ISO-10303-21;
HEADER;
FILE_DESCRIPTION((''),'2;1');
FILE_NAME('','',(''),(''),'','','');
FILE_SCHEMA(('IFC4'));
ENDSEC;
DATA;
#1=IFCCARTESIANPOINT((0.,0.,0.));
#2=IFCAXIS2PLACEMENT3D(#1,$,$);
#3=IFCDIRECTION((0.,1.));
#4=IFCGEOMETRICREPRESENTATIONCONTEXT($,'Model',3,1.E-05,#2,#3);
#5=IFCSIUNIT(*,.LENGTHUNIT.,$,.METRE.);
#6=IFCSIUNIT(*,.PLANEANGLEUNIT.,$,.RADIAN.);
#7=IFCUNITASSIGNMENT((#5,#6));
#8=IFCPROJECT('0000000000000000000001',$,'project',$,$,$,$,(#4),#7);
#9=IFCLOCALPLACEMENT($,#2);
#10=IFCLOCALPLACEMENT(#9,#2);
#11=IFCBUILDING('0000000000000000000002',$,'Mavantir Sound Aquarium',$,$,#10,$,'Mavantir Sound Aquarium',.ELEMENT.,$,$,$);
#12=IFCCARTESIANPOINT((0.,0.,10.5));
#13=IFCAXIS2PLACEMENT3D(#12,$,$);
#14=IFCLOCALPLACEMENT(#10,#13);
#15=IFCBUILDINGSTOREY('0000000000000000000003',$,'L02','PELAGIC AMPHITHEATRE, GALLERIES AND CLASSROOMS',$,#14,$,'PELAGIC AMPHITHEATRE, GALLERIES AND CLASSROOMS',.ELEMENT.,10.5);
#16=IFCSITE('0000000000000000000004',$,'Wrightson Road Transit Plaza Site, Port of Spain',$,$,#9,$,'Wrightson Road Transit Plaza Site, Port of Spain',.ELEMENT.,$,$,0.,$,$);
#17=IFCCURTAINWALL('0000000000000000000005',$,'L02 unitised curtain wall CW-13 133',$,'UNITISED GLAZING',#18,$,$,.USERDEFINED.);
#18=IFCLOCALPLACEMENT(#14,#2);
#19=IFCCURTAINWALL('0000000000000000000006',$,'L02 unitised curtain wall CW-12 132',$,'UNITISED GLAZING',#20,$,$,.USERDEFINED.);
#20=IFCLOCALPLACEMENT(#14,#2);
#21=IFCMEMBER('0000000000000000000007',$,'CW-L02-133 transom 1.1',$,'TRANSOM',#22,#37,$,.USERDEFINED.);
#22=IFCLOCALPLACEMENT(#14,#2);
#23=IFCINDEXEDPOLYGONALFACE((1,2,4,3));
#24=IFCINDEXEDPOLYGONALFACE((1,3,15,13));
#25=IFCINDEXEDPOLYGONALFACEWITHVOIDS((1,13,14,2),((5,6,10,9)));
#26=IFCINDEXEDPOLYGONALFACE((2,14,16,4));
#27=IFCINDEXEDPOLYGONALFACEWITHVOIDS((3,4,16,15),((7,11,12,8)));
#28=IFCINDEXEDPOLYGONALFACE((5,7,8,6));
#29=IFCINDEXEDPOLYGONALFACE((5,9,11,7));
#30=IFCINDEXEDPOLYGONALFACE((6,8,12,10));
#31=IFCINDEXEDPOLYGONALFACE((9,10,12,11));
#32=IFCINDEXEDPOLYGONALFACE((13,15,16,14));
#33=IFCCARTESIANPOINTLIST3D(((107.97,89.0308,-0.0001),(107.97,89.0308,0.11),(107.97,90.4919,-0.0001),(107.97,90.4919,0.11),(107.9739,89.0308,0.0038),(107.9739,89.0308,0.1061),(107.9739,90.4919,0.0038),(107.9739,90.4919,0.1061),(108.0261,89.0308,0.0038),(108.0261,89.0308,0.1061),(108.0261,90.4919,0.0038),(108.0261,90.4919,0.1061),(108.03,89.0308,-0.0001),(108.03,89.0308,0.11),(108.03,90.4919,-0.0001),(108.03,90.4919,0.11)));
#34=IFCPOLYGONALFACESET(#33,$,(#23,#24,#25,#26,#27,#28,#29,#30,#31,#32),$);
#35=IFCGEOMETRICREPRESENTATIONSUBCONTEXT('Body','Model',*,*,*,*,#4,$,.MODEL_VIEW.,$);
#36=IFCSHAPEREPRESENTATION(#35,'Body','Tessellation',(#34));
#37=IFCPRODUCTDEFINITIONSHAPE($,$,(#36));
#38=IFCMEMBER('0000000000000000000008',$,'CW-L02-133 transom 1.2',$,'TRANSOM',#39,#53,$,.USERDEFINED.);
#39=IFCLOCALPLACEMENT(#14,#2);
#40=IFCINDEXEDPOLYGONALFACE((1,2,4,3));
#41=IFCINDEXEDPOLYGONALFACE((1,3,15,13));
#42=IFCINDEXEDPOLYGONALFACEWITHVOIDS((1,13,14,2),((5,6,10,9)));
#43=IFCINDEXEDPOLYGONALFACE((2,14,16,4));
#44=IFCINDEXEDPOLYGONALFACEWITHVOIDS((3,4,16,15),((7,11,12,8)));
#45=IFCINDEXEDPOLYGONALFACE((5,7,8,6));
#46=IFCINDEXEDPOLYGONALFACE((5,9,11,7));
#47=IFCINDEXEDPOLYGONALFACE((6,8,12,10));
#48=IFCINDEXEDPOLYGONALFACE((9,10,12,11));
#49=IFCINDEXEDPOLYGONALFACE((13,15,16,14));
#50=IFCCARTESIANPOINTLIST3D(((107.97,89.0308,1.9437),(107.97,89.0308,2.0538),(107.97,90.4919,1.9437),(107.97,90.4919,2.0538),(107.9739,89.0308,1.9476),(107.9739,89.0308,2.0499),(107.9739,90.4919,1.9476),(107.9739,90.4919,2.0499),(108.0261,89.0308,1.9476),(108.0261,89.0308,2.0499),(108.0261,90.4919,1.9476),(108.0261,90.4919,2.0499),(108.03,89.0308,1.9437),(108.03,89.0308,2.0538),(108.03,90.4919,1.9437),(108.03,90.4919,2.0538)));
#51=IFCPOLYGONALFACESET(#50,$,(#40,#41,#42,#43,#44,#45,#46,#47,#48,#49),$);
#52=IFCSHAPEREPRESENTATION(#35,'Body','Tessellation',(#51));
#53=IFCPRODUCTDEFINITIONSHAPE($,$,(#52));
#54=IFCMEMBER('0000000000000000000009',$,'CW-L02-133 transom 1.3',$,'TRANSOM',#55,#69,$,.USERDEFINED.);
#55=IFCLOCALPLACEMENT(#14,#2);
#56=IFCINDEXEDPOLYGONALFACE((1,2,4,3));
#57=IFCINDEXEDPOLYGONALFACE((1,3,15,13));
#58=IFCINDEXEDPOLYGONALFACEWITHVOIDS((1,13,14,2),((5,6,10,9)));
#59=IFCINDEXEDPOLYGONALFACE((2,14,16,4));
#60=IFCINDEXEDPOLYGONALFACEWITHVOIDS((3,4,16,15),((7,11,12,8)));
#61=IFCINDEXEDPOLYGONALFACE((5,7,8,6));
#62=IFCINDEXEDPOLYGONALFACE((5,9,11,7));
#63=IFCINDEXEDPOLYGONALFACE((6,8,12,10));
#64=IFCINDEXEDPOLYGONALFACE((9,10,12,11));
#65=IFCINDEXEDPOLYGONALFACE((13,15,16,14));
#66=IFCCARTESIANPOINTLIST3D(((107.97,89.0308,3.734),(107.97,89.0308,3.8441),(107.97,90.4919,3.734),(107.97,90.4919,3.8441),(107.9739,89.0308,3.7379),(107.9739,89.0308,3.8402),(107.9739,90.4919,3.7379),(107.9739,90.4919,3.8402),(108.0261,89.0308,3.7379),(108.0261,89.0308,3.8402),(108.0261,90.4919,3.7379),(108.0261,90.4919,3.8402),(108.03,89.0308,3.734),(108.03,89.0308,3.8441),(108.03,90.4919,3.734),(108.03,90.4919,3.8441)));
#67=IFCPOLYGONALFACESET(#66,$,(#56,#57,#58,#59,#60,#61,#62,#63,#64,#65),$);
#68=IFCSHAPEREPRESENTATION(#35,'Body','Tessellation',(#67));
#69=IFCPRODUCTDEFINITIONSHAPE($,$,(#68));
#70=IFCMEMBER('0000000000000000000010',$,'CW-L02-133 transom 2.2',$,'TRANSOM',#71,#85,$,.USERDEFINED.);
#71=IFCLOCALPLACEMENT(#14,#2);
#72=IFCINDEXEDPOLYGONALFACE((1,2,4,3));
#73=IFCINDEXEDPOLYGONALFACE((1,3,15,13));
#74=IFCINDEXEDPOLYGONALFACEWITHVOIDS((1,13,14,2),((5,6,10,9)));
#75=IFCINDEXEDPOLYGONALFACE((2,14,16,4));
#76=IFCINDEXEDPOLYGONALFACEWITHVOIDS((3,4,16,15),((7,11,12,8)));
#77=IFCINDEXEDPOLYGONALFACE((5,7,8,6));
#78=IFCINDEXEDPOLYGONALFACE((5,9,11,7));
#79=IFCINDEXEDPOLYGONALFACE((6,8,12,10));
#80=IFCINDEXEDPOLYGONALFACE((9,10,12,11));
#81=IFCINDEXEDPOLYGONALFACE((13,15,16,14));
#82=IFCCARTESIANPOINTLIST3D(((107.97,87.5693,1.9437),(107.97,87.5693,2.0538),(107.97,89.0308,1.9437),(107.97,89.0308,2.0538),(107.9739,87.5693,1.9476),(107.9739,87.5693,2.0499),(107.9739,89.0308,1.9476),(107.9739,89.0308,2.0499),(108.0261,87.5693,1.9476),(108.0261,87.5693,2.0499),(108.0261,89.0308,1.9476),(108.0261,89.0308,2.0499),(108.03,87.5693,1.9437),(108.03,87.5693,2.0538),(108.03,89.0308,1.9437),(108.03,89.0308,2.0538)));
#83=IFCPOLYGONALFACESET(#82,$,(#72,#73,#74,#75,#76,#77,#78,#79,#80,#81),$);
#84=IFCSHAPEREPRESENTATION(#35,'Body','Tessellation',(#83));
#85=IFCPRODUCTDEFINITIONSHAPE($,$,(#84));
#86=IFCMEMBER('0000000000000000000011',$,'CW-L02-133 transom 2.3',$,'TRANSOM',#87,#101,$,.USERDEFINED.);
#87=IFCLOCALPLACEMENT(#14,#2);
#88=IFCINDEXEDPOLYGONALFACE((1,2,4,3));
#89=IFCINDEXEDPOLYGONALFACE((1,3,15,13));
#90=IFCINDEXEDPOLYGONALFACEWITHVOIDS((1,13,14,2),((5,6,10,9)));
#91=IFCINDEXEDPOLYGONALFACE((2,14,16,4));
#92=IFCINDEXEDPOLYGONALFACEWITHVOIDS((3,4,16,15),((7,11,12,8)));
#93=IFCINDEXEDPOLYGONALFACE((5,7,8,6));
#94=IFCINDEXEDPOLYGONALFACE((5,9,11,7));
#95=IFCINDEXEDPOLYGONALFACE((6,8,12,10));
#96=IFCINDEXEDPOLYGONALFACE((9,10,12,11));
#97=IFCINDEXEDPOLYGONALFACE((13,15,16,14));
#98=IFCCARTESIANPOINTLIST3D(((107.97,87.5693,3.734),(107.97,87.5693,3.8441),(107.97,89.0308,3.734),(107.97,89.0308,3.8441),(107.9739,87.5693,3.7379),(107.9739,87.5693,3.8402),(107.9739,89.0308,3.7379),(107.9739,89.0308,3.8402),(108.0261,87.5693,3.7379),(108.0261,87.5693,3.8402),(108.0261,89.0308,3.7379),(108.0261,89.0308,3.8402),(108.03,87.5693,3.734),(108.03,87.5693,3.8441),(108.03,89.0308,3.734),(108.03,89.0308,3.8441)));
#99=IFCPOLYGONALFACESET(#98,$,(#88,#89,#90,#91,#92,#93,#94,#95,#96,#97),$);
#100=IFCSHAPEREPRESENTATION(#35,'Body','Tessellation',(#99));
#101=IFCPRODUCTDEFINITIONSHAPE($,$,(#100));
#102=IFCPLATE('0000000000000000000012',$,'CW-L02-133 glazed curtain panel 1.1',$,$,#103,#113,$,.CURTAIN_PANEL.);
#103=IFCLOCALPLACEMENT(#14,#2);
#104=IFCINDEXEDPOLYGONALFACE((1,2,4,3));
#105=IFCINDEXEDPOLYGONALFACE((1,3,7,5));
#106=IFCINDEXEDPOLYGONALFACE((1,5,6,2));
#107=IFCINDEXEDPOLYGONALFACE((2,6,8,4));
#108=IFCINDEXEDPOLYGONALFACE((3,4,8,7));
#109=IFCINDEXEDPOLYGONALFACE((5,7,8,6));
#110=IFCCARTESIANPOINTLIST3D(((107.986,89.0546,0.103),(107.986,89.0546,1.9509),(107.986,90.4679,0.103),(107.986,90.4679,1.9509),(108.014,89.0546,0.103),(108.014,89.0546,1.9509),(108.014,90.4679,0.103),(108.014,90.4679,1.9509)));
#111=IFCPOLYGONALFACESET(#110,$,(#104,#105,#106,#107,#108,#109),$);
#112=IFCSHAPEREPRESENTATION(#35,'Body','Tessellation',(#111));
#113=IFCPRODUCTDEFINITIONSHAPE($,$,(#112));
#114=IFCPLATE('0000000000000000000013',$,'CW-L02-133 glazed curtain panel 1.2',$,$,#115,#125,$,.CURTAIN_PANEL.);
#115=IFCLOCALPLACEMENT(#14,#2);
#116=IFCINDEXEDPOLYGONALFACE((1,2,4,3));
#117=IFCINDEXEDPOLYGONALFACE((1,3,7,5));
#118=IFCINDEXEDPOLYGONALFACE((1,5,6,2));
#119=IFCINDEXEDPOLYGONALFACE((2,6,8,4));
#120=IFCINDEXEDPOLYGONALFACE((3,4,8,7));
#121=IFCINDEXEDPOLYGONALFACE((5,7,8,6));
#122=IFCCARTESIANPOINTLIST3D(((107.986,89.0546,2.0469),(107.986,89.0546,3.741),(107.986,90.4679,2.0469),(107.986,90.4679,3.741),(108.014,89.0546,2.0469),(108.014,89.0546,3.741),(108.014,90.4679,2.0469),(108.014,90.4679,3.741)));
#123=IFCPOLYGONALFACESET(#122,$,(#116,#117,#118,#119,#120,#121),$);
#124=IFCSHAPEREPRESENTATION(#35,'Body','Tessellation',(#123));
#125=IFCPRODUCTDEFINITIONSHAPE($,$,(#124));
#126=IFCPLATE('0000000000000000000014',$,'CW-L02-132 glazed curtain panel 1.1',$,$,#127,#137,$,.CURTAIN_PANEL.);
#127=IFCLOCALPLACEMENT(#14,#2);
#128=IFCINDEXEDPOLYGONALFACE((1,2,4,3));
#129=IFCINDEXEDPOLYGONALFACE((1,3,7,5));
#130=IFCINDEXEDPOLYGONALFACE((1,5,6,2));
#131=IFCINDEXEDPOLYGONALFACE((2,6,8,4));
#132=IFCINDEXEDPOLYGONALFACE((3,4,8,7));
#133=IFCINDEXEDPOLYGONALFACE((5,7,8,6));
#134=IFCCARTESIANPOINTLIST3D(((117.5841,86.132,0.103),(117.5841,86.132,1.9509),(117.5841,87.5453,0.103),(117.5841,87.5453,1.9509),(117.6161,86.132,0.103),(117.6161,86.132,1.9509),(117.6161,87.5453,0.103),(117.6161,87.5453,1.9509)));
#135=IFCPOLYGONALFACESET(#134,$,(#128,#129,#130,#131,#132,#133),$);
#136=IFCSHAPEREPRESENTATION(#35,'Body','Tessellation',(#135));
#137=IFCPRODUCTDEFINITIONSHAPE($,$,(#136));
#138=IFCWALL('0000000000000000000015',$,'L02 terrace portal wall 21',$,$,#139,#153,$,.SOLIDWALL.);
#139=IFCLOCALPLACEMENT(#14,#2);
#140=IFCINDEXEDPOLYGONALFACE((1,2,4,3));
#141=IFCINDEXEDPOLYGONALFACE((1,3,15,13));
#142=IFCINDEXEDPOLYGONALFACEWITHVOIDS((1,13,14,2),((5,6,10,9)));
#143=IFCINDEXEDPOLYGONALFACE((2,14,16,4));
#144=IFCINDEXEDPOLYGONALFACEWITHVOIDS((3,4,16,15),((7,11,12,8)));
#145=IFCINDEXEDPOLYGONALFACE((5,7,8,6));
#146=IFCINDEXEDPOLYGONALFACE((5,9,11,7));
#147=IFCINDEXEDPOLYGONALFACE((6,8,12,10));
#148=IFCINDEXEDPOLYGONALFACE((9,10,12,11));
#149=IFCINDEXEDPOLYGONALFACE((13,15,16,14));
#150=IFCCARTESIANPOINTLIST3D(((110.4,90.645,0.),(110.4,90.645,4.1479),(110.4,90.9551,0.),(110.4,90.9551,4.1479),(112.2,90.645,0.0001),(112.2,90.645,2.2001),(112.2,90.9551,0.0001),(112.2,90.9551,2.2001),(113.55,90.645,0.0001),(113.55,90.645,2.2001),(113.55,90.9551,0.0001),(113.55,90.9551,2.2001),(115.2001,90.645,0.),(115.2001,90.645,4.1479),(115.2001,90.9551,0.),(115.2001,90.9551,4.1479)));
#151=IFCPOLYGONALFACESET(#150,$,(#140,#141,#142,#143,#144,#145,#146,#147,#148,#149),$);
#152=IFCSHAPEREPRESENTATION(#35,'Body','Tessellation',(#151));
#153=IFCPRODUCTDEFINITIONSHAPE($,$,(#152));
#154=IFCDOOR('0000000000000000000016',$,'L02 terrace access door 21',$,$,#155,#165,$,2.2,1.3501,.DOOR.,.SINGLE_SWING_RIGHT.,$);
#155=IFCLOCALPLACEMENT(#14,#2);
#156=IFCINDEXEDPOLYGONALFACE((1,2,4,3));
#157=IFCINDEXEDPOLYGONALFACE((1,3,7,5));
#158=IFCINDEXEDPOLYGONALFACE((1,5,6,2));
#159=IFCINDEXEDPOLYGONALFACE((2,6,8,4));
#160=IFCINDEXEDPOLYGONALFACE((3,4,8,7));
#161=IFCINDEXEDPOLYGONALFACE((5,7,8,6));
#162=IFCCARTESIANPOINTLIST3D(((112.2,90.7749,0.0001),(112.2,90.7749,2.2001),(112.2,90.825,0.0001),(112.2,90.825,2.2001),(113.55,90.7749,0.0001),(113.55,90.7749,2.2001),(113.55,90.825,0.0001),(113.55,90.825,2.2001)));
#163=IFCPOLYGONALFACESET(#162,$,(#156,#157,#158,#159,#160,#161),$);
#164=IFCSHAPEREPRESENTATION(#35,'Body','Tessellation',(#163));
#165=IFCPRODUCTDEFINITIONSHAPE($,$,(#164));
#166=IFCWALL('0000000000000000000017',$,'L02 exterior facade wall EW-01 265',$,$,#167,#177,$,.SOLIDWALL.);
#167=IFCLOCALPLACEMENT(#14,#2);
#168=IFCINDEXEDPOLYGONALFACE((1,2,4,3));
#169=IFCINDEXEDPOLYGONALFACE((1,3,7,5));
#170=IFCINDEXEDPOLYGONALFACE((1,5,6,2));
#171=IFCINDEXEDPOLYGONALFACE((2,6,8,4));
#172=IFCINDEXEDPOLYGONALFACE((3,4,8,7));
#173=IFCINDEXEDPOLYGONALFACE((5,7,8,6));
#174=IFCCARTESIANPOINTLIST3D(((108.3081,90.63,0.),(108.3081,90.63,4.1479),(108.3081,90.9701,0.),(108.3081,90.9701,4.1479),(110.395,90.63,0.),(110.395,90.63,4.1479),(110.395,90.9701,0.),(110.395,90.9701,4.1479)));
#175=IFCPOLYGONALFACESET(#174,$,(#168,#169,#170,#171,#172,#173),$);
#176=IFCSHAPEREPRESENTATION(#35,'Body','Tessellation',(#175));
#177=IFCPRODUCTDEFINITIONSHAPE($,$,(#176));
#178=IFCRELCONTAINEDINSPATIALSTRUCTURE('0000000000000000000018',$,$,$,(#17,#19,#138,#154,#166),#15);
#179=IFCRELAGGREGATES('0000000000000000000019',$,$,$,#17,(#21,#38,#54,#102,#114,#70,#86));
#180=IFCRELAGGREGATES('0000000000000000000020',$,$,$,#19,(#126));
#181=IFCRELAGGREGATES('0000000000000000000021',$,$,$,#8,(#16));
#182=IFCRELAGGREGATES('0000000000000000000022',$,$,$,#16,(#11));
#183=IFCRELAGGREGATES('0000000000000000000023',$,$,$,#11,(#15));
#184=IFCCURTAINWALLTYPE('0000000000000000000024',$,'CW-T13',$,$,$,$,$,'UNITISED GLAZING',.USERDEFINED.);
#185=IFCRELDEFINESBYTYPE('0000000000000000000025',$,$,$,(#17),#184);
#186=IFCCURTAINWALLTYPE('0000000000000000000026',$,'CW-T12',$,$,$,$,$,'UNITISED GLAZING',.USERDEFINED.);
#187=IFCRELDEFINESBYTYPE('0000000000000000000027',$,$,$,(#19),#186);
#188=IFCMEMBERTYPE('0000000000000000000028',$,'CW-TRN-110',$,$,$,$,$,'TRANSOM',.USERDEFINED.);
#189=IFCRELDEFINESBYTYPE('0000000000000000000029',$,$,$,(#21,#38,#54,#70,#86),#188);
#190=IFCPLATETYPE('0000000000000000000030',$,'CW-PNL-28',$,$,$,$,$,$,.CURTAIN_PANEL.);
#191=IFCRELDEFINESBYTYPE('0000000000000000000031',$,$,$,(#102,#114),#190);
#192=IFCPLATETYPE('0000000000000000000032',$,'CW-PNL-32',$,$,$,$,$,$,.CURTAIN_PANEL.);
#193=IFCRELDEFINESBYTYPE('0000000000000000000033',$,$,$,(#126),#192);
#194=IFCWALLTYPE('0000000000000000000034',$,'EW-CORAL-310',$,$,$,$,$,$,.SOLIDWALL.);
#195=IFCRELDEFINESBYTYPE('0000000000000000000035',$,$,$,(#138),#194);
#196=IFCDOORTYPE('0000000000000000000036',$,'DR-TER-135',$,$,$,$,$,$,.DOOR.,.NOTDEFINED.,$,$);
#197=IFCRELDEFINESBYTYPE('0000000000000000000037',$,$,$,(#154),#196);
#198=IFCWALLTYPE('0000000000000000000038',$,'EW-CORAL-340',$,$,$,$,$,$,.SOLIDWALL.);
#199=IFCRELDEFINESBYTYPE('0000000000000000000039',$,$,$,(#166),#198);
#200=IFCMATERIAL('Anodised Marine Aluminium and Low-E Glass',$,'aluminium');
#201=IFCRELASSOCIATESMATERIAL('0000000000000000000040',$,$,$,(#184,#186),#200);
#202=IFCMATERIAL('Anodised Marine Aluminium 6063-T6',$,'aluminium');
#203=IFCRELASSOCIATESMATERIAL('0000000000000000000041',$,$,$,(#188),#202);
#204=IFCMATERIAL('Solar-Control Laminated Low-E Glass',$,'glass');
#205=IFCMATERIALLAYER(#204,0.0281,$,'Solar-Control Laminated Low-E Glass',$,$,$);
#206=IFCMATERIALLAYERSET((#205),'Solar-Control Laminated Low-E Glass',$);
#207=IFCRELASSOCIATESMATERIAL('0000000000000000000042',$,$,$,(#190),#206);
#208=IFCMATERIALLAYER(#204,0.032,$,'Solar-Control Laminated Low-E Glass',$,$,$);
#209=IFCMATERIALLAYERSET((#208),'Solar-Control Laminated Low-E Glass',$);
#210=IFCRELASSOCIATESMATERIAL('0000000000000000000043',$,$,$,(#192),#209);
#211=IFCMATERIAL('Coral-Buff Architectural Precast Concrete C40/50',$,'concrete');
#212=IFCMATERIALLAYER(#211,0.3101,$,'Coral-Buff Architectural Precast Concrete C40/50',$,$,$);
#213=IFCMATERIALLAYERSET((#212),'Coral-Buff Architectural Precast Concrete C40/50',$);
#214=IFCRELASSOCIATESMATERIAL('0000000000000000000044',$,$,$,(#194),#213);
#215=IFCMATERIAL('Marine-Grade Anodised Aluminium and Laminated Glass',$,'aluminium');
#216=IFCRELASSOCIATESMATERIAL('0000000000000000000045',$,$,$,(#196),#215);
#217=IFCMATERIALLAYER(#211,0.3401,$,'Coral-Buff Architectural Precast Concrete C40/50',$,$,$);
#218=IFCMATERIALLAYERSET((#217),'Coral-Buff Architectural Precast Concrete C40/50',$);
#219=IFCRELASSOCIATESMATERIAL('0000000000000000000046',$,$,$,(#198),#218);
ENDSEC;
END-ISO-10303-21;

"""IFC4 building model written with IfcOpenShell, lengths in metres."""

from ifc_helpers import new_model, si_unit, direction, frame, frame_2d, origin, origin_2d, place, context, subcontext, project, spatial, rectangle, hollow_rectangle, extrude, material, layer, layer_set, material_profile, profile_set, type_object, element, fill, aggregate, save


model = new_model("IFC4")

# Units and contexts
model_context = context("Model", 3, precision=1e-05, world=origin(), true_north=direction((0.0, 1.0)))
body_context = subcontext(model_context, "Body", "Model", "MODEL_VIEW")
ifc_project = project(units=[si_unit("LENGTHUNIT", "METRE"), si_unit("PLANEANGLEUNIT", "RADIAN")], contexts=[model_context])

# Site, building, storey
site_placement = place(None, origin())
site = spatial("IfcSite", under=ifc_project, at=site_placement, Name="Wrightson Road Transit Plaza Site, Port of Spain", LongName="Wrightson Road Transit Plaza Site, Port of Spain", CompositionType="ELEMENT", RefElevation=0.0)
building_placement = place(site_placement, origin())
building = spatial("IfcBuilding", under=site, at=building_placement, Name="Mavantir Sound Aquarium", LongName="Mavantir Sound Aquarium", CompositionType="ELEMENT")
storey_placement = place(building_placement, frame((0.0, 0.0, 10.5)))
storey = spatial("IfcBuildingStorey", under=building, at=storey_placement, Name="L02", Description="PELAGIC AMPHITHEATRE, GALLERIES AND CLASSROOMS", LongName="PELAGIC AMPHITHEATRE, GALLERIES AND CLASSROOMS", CompositionType="ELEMENT", Elevation=10.5)

# Curtain wall
ifc_material_1 = material(Name="Anodised Marine Aluminium and Low-E Glass", Category="aluminium")
curtain_wall_type_1 = type_object("IfcCurtainWallType", Name="CW-T13", ElementType="UNITISED GLAZING", PredefinedType="USERDEFINED", material=ifc_material_1)
curtain_wall_1_placement = place(storey_placement, origin())
curtain_wall_1 = element("IfcCurtainWall", 1, at=curtain_wall_1_placement, inside=storey, type_object=curtain_wall_type_1, Name="L02 unitised curtain wall CW-13 133", ObjectType="UNITISED GLAZING", PredefinedType="USERDEFINED")
ifc_material_2 = material(Name="Anodised Marine Aluminium 6063-T6", Category="aluminium")

# Curtain wall
curtain_wall_type_2 = type_object("IfcCurtainWallType", Name="CW-T12", ElementType="UNITISED GLAZING", PredefinedType="USERDEFINED", material=ifc_material_1)
curtain_wall_2_placement = place(storey_placement, origin())
curtain_wall_2 = element("IfcCurtainWall", 2, at=curtain_wall_2_placement, inside=storey, type_object=curtain_wall_type_2, Name="L02 unitised curtain wall CW-12 132", ObjectType="UNITISED GLAZING", PredefinedType="USERDEFINED")
ifc_material_profile_1 = material_profile(ifc_material_2, hollow_rectangle(XDim=0.0601, YDim=0.1101, WallThickness=0.0039, at=origin_2d()), Name="ALU-TRANSOM-110X60")
ifc_profile_set_1 = profile_set([ifc_material_profile_1], Name="Anodised Marine Aluminium 6063-T6")
member_type_1 = type_object("IfcMemberType", Name="CW-TRN-110", ElementType="TRANSOM", PredefinedType="USERDEFINED", material=ifc_profile_set_1)

# Members
member_1_placement = place(storey_placement, frame((108.0, 90.4919, 0.0549), z_axis=(0.0, -1.0, 0.0), x_axis=(1.0, 0.0, 0.0)))
member_1 = element("IfcMember", 3, at=member_1_placement, type_object=member_type_1, Name="CW-L02-133 transom 1.1", ObjectType="TRANSOM", PredefinedType="USERDEFINED", context=body_context, shape_type="SweptSolid", body=[
    extrude(hollow_rectangle(XDim=0.0601, YDim=0.1101, WallThickness=0.0039, at=origin_2d()), origin(), (0.0, 0.0, 1.0), 1.4612),
])
member_2_placement = place(storey_placement, frame((108.0, 90.4919, 1.9988), z_axis=(0.0, -1.0, 0.0), x_axis=(1.0, 0.0, 0.0)))
member_2 = element("IfcMember", 4, at=member_2_placement, type_object=member_type_1, Name="CW-L02-133 transom 1.2", ObjectType="TRANSOM", PredefinedType="USERDEFINED", context=body_context, shape_type="SweptSolid", body=[
    extrude(hollow_rectangle(XDim=0.0601, YDim=0.1101, WallThickness=0.0039, at=origin_2d()), origin(), (0.0, 0.0, 1.0), 1.4612),
])
member_3_placement = place(storey_placement, frame((108.0, 90.4919, 3.7891), z_axis=(0.0, -1.0, 0.0), x_axis=(1.0, 0.0, 0.0)))
member_3 = element("IfcMember", 5, at=member_3_placement, type_object=member_type_1, Name="CW-L02-133 transom 1.3", ObjectType="TRANSOM", PredefinedType="USERDEFINED", context=body_context, shape_type="SweptSolid", body=[
    extrude(hollow_rectangle(XDim=0.0601, YDim=0.1101, WallThickness=0.0039, at=origin_2d()), origin(), (0.0, 0.0, 1.0), 1.4612),
])
member_4_placement = place(storey_placement, frame((108.0, 89.0308, 1.9988), z_axis=(0.0, -1.0, 0.0), x_axis=(1.0, 0.0, 0.0)))
member_4 = element("IfcMember", 6, at=member_4_placement, type_object=member_type_1, Name="CW-L02-133 transom 2.2", ObjectType="TRANSOM", PredefinedType="USERDEFINED", context=body_context, shape_type="SweptSolid", body=[
    extrude(hollow_rectangle(XDim=0.0601, YDim=0.1101, WallThickness=0.0039, at=origin_2d()), origin(), (0.0, 0.0, 1.0), 1.4614),
])
member_5_placement = place(storey_placement, frame((108.0, 89.0308, 3.7891), z_axis=(0.0, -1.0, 0.0), x_axis=(1.0, 0.0, 0.0)))
member_5 = element("IfcMember", 7, at=member_5_placement, type_object=member_type_1, Name="CW-L02-133 transom 2.3", ObjectType="TRANSOM", PredefinedType="USERDEFINED", context=body_context, shape_type="SweptSolid", body=[
    extrude(hollow_rectangle(XDim=0.0601, YDim=0.1101, WallThickness=0.0039, at=origin_2d()), origin(), (0.0, 0.0, 1.0), 1.4614),
])

# Plates
ifc_material_3 = material(Name="Solar-Control Laminated Low-E Glass", Category="glass")
ifc_layer_1 = layer(ifc_material_3, 0.0281, Name="Solar-Control Laminated Low-E Glass")
ifc_layer_set_1 = layer_set([ifc_layer_1], Name="Solar-Control Laminated Low-E Glass")
plate_type_1 = type_object("IfcPlateType", Name="CW-PNL-28", PredefinedType="CURTAIN_PANEL", material=ifc_layer_set_1)
plate_1_placement = place(storey_placement, frame((108.0, 89.7612, 0.103), z_axis=(0.0, 0.0, 1.0), x_axis=(0.0, -1.0, 0.0)))
plate_1 = element("IfcPlate", 8, at=plate_1_placement, type_object=plate_type_1, Name="CW-L02-133 glazed curtain panel 1.1", PredefinedType="CURTAIN_PANEL", context=body_context, shape_type="SweptSolid", body=[
    extrude(rectangle(XDim=1.4133, YDim=0.0281, at=origin_2d()), origin(), (0.0, 0.0, 1.0), 1.8479),
])
plate_2_placement = place(storey_placement, frame((108.0, 89.7612, 2.0469), z_axis=(0.0, 0.0, 1.0), x_axis=(0.0, -1.0, 0.0)))
plate_2 = element("IfcPlate", 9, at=plate_2_placement, type_object=plate_type_1, Name="CW-L02-133 glazed curtain panel 1.2", PredefinedType="CURTAIN_PANEL", context=body_context, shape_type="SweptSolid", body=[
    extrude(rectangle(XDim=1.4133, YDim=0.0281, at=origin_2d()), origin(), (0.0, 0.0, 1.0), 1.6941),
])
aggregate(curtain_wall_1, [member_1, member_2, member_3, plate_1, plate_2, member_4, member_5])
ifc_layer_2 = layer(ifc_material_3, 0.032, Name="Solar-Control Laminated Low-E Glass")
ifc_layer_set_2 = layer_set([ifc_layer_2], Name="Solar-Control Laminated Low-E Glass")
plate_type_2 = type_object("IfcPlateType", Name="CW-PNL-32", PredefinedType="CURTAIN_PANEL", material=ifc_layer_set_2)
plate_3_placement = place(storey_placement, frame((117.6001, 86.8386, 0.103), z_axis=(0.0, 0.0, 1.0), x_axis=(0.0, 1.0, 0.0)))
plate_3 = element("IfcPlate", 10, at=plate_3_placement, type_object=plate_type_2, Name="CW-L02-132 glazed curtain panel 1.1", PredefinedType="CURTAIN_PANEL", context=body_context, shape_type="SweptSolid", body=[
    extrude(rectangle(XDim=1.4133, YDim=0.032, at=origin_2d()), origin(), (0.0, 0.0, 1.0), 1.8479),
])
aggregate(curtain_wall_2, [plate_3])

# Wall, opening, door
ifc_material_4 = material(Name="Coral-Buff Architectural Precast Concrete C40/50", Category="concrete")
ifc_layer_3 = layer(ifc_material_4, 0.3101, Name="Coral-Buff Architectural Precast Concrete C40/50")
ifc_layer_set_3 = layer_set([ifc_layer_3], Name="Coral-Buff Architectural Precast Concrete C40/50")
wall_type_1 = type_object("IfcWallType", Name="EW-CORAL-310", PredefinedType="SOLIDWALL", material=ifc_layer_set_3)
wall_1_placement = place(storey_placement, frame((115.2, 90.8, 0.0), z_axis=(0.0, 0.0, 1.0), x_axis=(-1.0, 0.0, 0.0)))
wall_1 = element("IfcWall", 11, at=wall_1_placement, inside=storey, type_object=wall_type_1, Name="L02 terrace portal wall 21", PredefinedType="SOLIDWALL", context=body_context, shape_type="SweptSolid", body=[
    extrude(rectangle(XDim=4.8, YDim=0.3101, at=frame_2d((2.3999, 0.0))), origin(), (0.0, 0.0, 1.0), 4.1479),
])
opening_placement = place(wall_1_placement, frame((3.0, 0.0, 0.0), z_axis=(0.0, 0.0, 1.0), x_axis=(-1.0, 0.0, 0.0)))
opening = element("IfcOpeningElement", 12, at=opening_placement, cuts=wall_1, PredefinedType="OPENING", context=body_context, shape_type="SweptSolid", body=[
    extrude(rectangle(XDim=1.3501, YDim=2.2, at=frame_2d((0.675, 1.1001))), frame((0.0, 0.165, 0.0), z_axis=(0.0, -1.0, 0.0), x_axis=(1.0, 0.0, 0.0)), (0.0, 0.0, 1.0), 0.3301),
])
ifc_material_5 = material(Name="Marine-Grade Anodised Aluminium and Laminated Glass", Category="aluminium")
door_type = type_object("IfcDoorType", Name="DR-TER-135", OperationType="NOTDEFINED", PredefinedType="DOOR", material=ifc_material_5)
door_placement = place(opening_placement, origin())
door = element("IfcDoor", 13, at=door_placement, inside=storey, type_object=door_type, Name="L02 terrace access door 21", OperationType="SINGLE_SWING_RIGHT", OverallHeight=2.2, OverallWidth=1.3501, PredefinedType="DOOR", context=body_context, shape_type="SweptSolid", body=[
    extrude(rectangle(XDim=1.3501, YDim=2.2, at=frame_2d((0.675, 1.1001))), frame((0.0, 0.0249, 0.0), z_axis=(0.0, -1.0, 0.0), x_axis=(1.0, 0.0, 0.0)), (0.0, 0.0, 1.0), 0.05),
])
fill(opening, door)

# Wall
ifc_layer_4 = layer(ifc_material_4, 0.3401, Name="Coral-Buff Architectural Precast Concrete C40/50")
ifc_layer_set_4 = layer_set([ifc_layer_4], Name="Coral-Buff Architectural Precast Concrete C40/50")
wall_type_2 = type_object("IfcWallType", Name="EW-CORAL-340", PredefinedType="SOLIDWALL", material=ifc_layer_set_4)
wall_2_placement = place(storey_placement, frame((110.395, 90.8, 0.0), z_axis=(0.0, 0.0, 1.0), x_axis=(-1.0, 0.0, 0.0)))
element("IfcWall", 14, at=wall_2_placement, inside=storey, type_object=wall_type_2, Name="L02 exterior facade wall EW-01 265", PredefinedType="SOLIDWALL", context=body_context, shape_type="SweptSolid", body=[
    extrude(rectangle(XDim=2.0869, YDim=0.3401, at=frame_2d((1.0435, 0.0))), origin(), (0.0, 0.0, 1.0), 4.1479),
])

save(model, "model.ifc")
